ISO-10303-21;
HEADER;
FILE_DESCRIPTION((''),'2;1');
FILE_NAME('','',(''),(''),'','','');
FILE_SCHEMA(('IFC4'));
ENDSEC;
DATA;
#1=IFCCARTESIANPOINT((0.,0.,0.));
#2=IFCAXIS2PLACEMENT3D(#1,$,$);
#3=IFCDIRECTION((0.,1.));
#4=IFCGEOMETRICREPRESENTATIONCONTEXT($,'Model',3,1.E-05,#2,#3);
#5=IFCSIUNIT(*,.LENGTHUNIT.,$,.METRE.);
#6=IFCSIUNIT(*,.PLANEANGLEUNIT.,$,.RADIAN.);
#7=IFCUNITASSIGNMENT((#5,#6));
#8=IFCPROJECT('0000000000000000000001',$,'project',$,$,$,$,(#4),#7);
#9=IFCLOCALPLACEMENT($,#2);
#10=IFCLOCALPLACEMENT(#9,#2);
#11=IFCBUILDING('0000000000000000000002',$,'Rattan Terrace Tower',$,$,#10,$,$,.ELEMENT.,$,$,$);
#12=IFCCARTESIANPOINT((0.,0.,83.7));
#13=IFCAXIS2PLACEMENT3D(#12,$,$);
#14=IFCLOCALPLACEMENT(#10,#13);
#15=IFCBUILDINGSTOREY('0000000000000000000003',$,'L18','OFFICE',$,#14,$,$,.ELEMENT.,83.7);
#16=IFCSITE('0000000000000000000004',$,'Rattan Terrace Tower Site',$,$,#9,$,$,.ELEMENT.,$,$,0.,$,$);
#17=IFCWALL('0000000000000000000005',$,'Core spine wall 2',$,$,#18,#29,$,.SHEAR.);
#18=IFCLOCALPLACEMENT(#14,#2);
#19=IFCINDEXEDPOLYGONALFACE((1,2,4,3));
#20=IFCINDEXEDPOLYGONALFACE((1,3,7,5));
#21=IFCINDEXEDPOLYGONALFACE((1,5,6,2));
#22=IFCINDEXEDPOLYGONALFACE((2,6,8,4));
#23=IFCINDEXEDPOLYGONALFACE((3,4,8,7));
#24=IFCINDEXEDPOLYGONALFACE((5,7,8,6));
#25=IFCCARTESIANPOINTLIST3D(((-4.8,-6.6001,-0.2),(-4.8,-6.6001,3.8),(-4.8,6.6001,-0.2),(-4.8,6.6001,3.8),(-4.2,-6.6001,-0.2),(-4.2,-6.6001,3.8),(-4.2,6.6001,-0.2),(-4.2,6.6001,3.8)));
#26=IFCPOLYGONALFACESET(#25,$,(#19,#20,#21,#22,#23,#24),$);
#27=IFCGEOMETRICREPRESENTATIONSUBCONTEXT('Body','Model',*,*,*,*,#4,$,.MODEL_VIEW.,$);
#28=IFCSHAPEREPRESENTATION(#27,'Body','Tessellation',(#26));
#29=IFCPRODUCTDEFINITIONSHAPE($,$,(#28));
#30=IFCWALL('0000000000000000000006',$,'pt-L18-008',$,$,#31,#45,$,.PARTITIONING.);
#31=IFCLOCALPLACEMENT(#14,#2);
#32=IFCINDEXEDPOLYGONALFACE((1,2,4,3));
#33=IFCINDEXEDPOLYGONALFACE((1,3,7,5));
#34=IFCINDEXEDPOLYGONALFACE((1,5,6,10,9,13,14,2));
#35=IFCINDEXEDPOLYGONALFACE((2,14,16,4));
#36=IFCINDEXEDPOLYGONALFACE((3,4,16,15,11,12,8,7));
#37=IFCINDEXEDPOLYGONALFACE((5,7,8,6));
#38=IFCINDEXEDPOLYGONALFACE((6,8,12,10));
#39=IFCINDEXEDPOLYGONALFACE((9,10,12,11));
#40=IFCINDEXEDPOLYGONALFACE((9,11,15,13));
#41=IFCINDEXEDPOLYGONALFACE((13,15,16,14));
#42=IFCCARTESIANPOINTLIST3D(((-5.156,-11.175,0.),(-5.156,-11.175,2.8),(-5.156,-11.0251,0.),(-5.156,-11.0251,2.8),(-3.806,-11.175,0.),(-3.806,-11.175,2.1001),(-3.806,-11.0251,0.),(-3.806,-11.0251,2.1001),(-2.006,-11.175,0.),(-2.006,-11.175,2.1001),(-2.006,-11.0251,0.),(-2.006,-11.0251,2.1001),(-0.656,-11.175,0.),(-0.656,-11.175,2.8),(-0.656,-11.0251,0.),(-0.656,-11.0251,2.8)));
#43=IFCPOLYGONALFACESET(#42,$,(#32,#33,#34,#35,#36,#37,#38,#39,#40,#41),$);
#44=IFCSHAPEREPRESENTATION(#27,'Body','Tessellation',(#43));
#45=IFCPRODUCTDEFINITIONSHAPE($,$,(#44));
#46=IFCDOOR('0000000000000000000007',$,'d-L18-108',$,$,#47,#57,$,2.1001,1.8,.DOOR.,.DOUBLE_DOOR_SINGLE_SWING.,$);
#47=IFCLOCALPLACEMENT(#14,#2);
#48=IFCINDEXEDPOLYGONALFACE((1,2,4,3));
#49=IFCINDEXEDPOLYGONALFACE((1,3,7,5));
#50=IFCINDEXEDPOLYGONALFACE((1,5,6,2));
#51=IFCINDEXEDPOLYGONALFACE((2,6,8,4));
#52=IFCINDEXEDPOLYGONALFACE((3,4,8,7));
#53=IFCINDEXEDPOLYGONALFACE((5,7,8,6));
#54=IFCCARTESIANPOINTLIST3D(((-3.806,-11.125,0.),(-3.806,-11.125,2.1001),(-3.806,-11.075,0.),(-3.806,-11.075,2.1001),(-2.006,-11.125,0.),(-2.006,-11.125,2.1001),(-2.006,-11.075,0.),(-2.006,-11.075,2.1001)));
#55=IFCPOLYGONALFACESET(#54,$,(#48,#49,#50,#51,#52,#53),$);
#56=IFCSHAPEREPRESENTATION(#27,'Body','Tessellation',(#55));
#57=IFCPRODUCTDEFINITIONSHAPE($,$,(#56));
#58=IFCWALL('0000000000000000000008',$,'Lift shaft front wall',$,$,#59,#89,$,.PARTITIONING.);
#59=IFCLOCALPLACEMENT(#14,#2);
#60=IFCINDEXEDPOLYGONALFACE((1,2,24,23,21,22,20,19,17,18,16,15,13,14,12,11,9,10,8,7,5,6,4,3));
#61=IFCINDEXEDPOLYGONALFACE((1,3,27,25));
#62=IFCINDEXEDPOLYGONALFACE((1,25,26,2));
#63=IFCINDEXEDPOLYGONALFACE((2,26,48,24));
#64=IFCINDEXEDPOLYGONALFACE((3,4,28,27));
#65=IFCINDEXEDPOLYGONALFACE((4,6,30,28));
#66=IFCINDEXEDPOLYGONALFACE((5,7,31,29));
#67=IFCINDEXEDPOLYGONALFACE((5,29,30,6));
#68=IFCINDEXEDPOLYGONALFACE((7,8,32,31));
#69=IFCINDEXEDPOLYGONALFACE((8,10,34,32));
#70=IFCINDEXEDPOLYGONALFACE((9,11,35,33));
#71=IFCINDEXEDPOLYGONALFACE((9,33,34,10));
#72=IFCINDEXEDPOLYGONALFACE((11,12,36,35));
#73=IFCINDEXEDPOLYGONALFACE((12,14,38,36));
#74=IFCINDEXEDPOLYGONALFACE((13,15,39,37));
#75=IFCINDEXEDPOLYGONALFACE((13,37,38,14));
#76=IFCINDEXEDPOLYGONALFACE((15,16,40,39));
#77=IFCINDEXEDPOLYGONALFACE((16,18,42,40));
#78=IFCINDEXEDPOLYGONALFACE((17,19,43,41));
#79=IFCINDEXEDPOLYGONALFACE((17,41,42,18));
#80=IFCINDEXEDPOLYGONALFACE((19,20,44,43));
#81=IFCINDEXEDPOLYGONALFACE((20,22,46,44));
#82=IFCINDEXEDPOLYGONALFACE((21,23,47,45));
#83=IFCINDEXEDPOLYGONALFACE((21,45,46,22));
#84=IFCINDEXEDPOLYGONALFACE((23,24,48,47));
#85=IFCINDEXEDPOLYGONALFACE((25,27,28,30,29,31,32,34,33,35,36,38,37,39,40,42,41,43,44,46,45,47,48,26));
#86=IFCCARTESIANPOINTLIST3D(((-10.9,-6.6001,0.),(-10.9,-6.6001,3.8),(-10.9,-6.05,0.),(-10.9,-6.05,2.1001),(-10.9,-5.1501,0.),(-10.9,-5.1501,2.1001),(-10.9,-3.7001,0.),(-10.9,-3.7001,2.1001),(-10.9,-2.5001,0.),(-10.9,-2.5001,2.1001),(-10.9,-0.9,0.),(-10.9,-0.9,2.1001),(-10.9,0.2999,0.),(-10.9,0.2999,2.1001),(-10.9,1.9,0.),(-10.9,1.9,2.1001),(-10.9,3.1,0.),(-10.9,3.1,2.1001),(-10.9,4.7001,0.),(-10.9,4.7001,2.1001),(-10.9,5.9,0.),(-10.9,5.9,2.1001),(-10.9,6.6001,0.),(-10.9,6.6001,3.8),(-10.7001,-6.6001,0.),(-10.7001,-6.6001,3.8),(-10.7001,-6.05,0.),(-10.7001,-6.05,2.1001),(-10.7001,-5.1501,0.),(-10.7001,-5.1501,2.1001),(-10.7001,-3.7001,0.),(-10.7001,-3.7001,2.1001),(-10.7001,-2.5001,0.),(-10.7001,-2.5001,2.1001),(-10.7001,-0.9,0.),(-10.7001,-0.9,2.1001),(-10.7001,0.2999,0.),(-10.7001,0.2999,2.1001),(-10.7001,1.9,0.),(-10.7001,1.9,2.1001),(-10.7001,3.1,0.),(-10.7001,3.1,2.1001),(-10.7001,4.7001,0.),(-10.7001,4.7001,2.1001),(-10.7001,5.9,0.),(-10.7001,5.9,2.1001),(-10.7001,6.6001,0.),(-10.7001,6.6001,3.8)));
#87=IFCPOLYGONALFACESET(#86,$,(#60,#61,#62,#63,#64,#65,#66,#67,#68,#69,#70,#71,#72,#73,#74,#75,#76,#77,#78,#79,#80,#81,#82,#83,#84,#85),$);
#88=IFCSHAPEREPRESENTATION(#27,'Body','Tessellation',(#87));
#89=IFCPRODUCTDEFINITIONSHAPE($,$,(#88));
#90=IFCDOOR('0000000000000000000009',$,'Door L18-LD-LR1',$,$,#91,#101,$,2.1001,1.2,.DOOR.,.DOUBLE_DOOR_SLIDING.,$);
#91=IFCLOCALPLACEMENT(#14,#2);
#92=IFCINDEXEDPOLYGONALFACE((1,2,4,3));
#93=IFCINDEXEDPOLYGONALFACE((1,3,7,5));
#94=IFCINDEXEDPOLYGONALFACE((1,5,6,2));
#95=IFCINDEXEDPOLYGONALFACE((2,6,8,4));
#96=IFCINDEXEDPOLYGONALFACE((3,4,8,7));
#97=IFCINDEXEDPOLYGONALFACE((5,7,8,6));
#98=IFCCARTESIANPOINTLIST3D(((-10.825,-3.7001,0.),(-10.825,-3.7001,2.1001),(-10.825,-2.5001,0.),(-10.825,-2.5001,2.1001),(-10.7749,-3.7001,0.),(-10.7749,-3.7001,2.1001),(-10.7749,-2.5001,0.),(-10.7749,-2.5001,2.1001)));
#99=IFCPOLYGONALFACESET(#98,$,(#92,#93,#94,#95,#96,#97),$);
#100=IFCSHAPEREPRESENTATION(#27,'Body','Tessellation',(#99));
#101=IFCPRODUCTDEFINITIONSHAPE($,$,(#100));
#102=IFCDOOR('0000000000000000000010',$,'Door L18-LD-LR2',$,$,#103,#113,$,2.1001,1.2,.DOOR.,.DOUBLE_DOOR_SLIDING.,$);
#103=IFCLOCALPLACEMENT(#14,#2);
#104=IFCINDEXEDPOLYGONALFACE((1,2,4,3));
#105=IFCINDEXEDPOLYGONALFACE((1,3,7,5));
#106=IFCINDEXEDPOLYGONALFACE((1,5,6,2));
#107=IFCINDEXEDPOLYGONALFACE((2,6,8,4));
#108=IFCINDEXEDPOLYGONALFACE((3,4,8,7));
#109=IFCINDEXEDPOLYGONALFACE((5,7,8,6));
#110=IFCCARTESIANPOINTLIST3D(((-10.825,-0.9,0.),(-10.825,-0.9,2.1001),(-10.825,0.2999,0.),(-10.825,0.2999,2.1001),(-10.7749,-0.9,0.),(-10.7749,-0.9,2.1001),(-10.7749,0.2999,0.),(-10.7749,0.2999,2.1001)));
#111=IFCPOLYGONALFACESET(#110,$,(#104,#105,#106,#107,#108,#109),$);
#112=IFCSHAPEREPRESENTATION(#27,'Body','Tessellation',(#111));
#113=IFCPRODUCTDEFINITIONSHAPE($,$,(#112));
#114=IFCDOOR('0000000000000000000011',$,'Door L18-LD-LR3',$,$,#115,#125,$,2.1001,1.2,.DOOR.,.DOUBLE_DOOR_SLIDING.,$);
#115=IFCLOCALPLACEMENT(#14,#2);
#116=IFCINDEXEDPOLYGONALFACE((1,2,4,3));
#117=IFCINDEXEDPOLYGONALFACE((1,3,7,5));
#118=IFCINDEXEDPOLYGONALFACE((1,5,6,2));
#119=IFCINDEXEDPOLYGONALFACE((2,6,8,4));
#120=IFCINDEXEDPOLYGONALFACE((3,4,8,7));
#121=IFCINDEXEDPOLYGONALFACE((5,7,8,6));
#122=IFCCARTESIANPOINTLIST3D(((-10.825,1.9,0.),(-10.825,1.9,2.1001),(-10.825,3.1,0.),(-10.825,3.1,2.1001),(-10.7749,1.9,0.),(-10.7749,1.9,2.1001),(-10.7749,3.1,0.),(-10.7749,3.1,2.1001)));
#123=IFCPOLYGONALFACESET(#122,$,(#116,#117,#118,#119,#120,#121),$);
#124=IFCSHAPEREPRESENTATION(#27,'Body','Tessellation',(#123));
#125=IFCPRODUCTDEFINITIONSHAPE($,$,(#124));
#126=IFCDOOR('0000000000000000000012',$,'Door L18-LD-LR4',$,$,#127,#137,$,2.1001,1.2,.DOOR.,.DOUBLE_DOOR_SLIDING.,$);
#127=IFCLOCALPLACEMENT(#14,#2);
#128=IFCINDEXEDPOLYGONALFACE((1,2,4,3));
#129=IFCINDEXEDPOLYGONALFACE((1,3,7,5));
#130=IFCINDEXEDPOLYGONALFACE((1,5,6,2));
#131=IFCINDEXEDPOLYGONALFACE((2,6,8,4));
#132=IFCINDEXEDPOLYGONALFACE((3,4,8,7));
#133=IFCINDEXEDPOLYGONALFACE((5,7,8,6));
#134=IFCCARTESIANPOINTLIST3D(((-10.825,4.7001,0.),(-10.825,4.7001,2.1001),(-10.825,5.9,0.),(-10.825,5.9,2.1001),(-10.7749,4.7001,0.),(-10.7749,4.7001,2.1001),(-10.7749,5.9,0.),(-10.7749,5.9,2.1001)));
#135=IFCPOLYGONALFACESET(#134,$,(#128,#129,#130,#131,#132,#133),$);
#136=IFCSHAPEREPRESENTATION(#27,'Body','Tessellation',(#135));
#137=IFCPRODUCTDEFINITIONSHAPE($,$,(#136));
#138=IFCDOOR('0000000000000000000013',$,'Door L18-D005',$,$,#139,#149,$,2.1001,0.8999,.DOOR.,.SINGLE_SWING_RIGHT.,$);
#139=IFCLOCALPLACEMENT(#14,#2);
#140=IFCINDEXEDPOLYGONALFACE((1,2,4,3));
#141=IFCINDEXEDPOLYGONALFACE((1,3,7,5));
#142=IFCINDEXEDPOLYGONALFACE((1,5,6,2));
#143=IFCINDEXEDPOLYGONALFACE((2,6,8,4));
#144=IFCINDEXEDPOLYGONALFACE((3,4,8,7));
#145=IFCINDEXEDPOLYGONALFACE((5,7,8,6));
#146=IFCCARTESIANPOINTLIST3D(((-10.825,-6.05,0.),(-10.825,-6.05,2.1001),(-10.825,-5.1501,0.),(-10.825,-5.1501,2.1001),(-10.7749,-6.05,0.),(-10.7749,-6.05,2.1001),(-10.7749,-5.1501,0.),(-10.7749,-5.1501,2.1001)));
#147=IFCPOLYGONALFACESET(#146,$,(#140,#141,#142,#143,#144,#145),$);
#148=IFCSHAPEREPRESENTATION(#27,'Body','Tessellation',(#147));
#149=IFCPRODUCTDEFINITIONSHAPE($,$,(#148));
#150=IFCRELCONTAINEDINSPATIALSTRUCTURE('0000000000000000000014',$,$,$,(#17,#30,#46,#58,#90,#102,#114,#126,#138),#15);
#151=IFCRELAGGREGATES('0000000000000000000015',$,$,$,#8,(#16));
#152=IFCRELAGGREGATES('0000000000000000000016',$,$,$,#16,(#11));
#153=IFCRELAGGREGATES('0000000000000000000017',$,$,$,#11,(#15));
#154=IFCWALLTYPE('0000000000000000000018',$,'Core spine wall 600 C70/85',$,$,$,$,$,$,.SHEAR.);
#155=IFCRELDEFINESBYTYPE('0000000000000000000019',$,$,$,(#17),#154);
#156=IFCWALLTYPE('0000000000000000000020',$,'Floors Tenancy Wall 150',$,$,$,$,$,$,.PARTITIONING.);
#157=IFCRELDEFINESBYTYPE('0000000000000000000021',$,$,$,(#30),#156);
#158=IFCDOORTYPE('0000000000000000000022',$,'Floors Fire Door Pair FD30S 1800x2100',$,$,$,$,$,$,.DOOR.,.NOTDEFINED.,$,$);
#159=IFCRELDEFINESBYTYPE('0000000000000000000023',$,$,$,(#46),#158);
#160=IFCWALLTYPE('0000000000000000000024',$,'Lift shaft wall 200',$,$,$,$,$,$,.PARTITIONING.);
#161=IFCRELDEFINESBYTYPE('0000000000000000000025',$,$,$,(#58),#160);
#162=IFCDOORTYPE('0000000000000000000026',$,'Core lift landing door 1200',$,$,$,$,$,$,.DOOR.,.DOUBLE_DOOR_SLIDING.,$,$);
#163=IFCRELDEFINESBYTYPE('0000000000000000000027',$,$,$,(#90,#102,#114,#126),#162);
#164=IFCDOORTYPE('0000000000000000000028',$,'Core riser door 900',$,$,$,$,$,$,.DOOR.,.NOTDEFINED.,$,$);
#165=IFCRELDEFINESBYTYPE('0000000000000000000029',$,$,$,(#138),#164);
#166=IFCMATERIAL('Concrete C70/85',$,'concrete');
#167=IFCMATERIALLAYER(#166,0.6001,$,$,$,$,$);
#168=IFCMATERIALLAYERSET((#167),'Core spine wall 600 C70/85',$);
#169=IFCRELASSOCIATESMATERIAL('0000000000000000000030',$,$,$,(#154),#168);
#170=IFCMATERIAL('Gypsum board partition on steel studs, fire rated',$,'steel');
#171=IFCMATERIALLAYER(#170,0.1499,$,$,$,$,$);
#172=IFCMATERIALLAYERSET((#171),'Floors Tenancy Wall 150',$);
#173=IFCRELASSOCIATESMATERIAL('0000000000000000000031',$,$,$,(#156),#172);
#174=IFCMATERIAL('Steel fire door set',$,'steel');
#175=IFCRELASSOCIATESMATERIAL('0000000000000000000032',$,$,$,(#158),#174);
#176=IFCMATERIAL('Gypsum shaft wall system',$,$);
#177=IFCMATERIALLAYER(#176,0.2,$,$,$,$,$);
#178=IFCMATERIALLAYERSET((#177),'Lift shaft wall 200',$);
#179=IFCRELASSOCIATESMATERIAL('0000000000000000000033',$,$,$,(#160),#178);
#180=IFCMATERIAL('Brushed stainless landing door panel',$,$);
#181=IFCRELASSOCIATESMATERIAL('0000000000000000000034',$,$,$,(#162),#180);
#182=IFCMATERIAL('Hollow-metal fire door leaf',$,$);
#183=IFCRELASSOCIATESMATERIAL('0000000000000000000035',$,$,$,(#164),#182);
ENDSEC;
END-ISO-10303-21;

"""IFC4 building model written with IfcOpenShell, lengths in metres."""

from ifc_helpers import new_model, si_unit, direction, frame, frame_2d, origin, place, context, subcontext, project, spatial, rectangle, extrude, material, layer, layer_set, type_object, element, fill, save


model = new_model("IFC4")

# Units and contexts
model_context = context("Model", 3, precision=1e-05, world=origin(), true_north=direction((0.0, 1.0)))
body_context = subcontext(model_context, "Body", "Model", "MODEL_VIEW")
ifc_project = project(units=[si_unit("LENGTHUNIT", "METRE"), si_unit("PLANEANGLEUNIT", "RADIAN")], contexts=[model_context])

# Site, building, storey
site_placement = place(None, origin())
site = spatial("IfcSite", under=ifc_project, at=site_placement, Name="Rattan Terrace Tower Site", CompositionType="ELEMENT", RefElevation=0.0)
building_placement = place(site_placement, origin())
building = spatial("IfcBuilding", under=site, at=building_placement, Name="Rattan Terrace Tower", CompositionType="ELEMENT")
storey_placement = place(building_placement, frame((0.0, 0.0, 83.7)))
storey = spatial("IfcBuildingStorey", under=building, at=storey_placement, Name="L18", Description="OFFICE", CompositionType="ELEMENT", Elevation=83.7)

# Wall
ifc_material_1 = material(Name="Concrete C70/85", Category="concrete")
ifc_layer_1 = layer(ifc_material_1, 0.6001)
ifc_layer_set_1 = layer_set([ifc_layer_1], Name="Core spine wall 600 C70/85")
wall_type_1 = type_object("IfcWallType", Name="Core spine wall 600 C70/85", PredefinedType="SHEAR", material=ifc_layer_set_1)
wall_1_placement = place(storey_placement, frame((-4.5, -6.6001, -0.2), z_axis=(0.0, 0.0, 1.0), x_axis=(0.0, 1.0, 0.0)))
element("IfcWall", 1, at=wall_1_placement, inside=storey, type_object=wall_type_1, Name="Core spine wall 2", PredefinedType="SHEAR", context=body_context, shape_type="SweptSolid", body=[
    extrude(rectangle(XDim=13.2002, YDim=0.6001, at=frame_2d((6.6001, 0.0))), origin(), (0.0, 0.0, 1.0), 4.0),
])

# Wall, opening, door
ifc_material_2 = material(Name="Gypsum board partition on steel studs, fire rated", Category="steel")
ifc_layer_2 = layer(ifc_material_2, 0.1499)
ifc_layer_set_2 = layer_set([ifc_layer_2], Name="Floors Tenancy Wall 150")
wall_type_2 = type_object("IfcWallType", Name="Floors Tenancy Wall 150", PredefinedType="PARTITIONING", material=ifc_layer_set_2)
wall_2_placement = place(storey_placement, frame((-0.656, -11.1001, 0.0), z_axis=(0.0, 0.0, 1.0), x_axis=(-1.0, 0.0, 0.0)))
wall_2 = element("IfcWall", 2, at=wall_2_placement, inside=storey, type_object=wall_type_2, Name="pt-L18-008", PredefinedType="PARTITIONING", context=body_context, shape_type="SweptSolid", body=[
    extrude(rectangle(XDim=4.5, YDim=0.1499, at=frame_2d((2.25, 0.0))), origin(), (0.0, 0.0, 1.0), 2.8),
])
opening_1_placement = place(wall_2_placement, frame((1.3501, 0.0, 0.0)))
opening_1 = element("IfcOpeningElement", 3, at=opening_1_placement, cuts=wall_2, PredefinedType="OPENING", context=body_context, shape_type="SweptSolid", body=[
    extrude(rectangle(XDim=1.8, YDim=2.1001, at=frame_2d((0.8999, 1.05))), frame((0.0, 0.0854, 0.0), z_axis=(0.0, -1.0, 0.0), x_axis=(1.0, 0.0, 0.0)), (0.0, 0.0, 1.0), 0.1709),
])
ifc_material_3 = material(Name="Steel fire door set", Category="steel")
door_type_1 = type_object("IfcDoorType", Name="Floors Fire Door Pair FD30S 1800x2100", OperationType="NOTDEFINED", PredefinedType="DOOR", material=ifc_material_3)
door_1_placement = place(opening_1_placement, origin())
door_1 = element("IfcDoor", 4, at=door_1_placement, inside=storey, type_object=door_type_1, Name="d-L18-108", OperationType="DOUBLE_DOOR_SINGLE_SWING", OverallHeight=2.1001, OverallWidth=1.8, PredefinedType="DOOR", context=body_context, shape_type="SweptSolid", body=[
    extrude(rectangle(XDim=1.8, YDim=2.1001, at=frame_2d((0.8999, 1.05))), frame((0.0, 0.0249, 0.0), z_axis=(0.0, -1.0, 0.0), x_axis=(1.0, 0.0, 0.0)), (0.0, 0.0, 1.0), 0.05),
])
fill(opening_1, door_1)

# Wall, openings, doors
ifc_material_4 = material(Name="Gypsum shaft wall system")
ifc_layer_3 = layer(ifc_material_4, 0.2)
ifc_layer_set_3 = layer_set([ifc_layer_3], Name="Lift shaft wall 200")
wall_type_3 = type_object("IfcWallType", Name="Lift shaft wall 200", PredefinedType="PARTITIONING", material=ifc_layer_set_3)
wall_3_placement = place(storey_placement, frame((-10.8, -6.6001, 0.0), z_axis=(0.0, 0.0, 1.0), x_axis=(0.0, 1.0, 0.0)))
wall_3 = element("IfcWall", 5, at=wall_3_placement, inside=storey, type_object=wall_type_3, Name="Lift shaft front wall", PredefinedType="PARTITIONING", context=body_context, shape_type="SweptSolid", body=[
    extrude(rectangle(XDim=13.2002, YDim=0.2, at=frame_2d((6.6001, 0.0))), origin(), (0.0, 0.0, 1.0), 3.8),
])
opening_2_placement = place(wall_3_placement, frame((0.55, 0.0, 0.0)))
opening_2 = element("IfcOpeningElement", 6, at=opening_2_placement, cuts=wall_3, PredefinedType="OPENING", context=body_context, shape_type="SweptSolid", body=[
    extrude(rectangle(XDim=0.8999, YDim=2.1001, at=frame_2d((0.45, 1.05))), frame((0.0, 0.1106, 0.0), z_axis=(0.0, -1.0, 0.0), x_axis=(1.0, 0.0, 0.0)), (0.0, 0.0, 1.0), 0.2209),
])
opening_3_placement = place(wall_3_placement, frame((2.8999, 0.0, 0.0)))
opening_3 = element("IfcOpeningElement", 7, at=opening_3_placement, cuts=wall_3, PredefinedType="OPENING", context=body_context, shape_type="SweptSolid", body=[
    extrude(rectangle(XDim=1.2, YDim=2.1001, at=frame_2d((0.6001, 1.05))), frame((0.0, 0.1106, 0.0), z_axis=(0.0, -1.0, 0.0), x_axis=(1.0, 0.0, 0.0)), (0.0, 0.0, 1.0), 0.2209),
])
opening_4_placement = place(wall_3_placement, frame((5.7, 0.0, 0.0)))
opening_4 = element("IfcOpeningElement", 8, at=opening_4_placement, cuts=wall_3, PredefinedType="OPENING", context=body_context, shape_type="SweptSolid", body=[
    extrude(rectangle(XDim=1.2, YDim=2.1001, at=frame_2d((0.6001, 1.05))), frame((0.0, 0.1106, 0.0), z_axis=(0.0, -1.0, 0.0), x_axis=(1.0, 0.0, 0.0)), (0.0, 0.0, 1.0), 0.2209),
])
opening_5_placement = place(wall_3_placement, frame((8.5, 0.0, 0.0)))
opening_5 = element("IfcOpeningElement", 9, at=opening_5_placement, cuts=wall_3, PredefinedType="OPENING", context=body_context, shape_type="SweptSolid", body=[
    extrude(rectangle(XDim=1.2, YDim=2.1001, at=frame_2d((0.6001, 1.05))), frame((0.0, 0.1106, 0.0), z_axis=(0.0, -1.0, 0.0), x_axis=(1.0, 0.0, 0.0)), (0.0, 0.0, 1.0), 0.2209),
])
opening_6_placement = place(wall_3_placement, frame((11.3, 0.0, 0.0)))
opening_6 = element("IfcOpeningElement", 10, at=opening_6_placement, cuts=wall_3, PredefinedType="OPENING", context=body_context, shape_type="SweptSolid", body=[
    extrude(rectangle(XDim=1.2, YDim=2.1001, at=frame_2d((0.6001, 1.05))), frame((0.0, 0.1106, 0.0), z_axis=(0.0, -1.0, 0.0), x_axis=(1.0, 0.0, 0.0)), (0.0, 0.0, 1.0), 0.2209),
])
ifc_material_5 = material(Name="Brushed stainless landing door panel")
door_type_2 = type_object("IfcDoorType", Name="Core lift landing door 1200", OperationType="DOUBLE_DOOR_SLIDING", PredefinedType="DOOR", material=ifc_material_5)
door_2_placement = place(opening_3_placement, origin())
door_2 = element("IfcDoor", 11, at=door_2_placement, inside=storey, type_object=door_type_2, Name="Door L18-LD-LR1", OperationType="DOUBLE_DOOR_SLIDING", OverallHeight=2.1001, OverallWidth=1.2, PredefinedType="DOOR", context=body_context, shape_type="SweptSolid", body=[
    extrude(rectangle(XDim=1.2, YDim=2.1001, at=frame_2d((0.6001, 1.05))), frame((0.0, 0.0249, 0.0), z_axis=(0.0, -1.0, 0.0), x_axis=(1.0, 0.0, 0.0)), (0.0, 0.0, 1.0), 0.05),
])
fill(opening_3, door_2)
door_3_placement = place(opening_4_placement, origin())
door_3 = element("IfcDoor", 12, at=door_3_placement, inside=storey, type_object=door_type_2, Name="Door L18-LD-LR2", OperationType="DOUBLE_DOOR_SLIDING", OverallHeight=2.1001, OverallWidth=1.2, PredefinedType="DOOR", context=body_context, shape_type="SweptSolid", body=[
    extrude(rectangle(XDim=1.2, YDim=2.1001, at=frame_2d((0.6001, 1.05))), frame((0.0, 0.0249, 0.0), z_axis=(0.0, -1.0, 0.0), x_axis=(1.0, 0.0, 0.0)), (0.0, 0.0, 1.0), 0.05),
])
fill(opening_4, door_3)
door_4_placement = place(opening_5_placement, origin())
door_4 = element("IfcDoor", 13, at=door_4_placement, inside=storey, type_object=door_type_2, Name="Door L18-LD-LR3", OperationType="DOUBLE_DOOR_SLIDING", OverallHeight=2.1001, OverallWidth=1.2, PredefinedType="DOOR", context=body_context, shape_type="SweptSolid", body=[
    extrude(rectangle(XDim=1.2, YDim=2.1001, at=frame_2d((0.6001, 1.05))), frame((0.0, 0.0249, 0.0), z_axis=(0.0, -1.0, 0.0), x_axis=(1.0, 0.0, 0.0)), (0.0, 0.0, 1.0), 0.05),
])
fill(opening_5, door_4)
door_5_placement = place(opening_6_placement, origin())
door_5 = element("IfcDoor", 14, at=door_5_placement, inside=storey, type_object=door_type_2, Name="Door L18-LD-LR4", OperationType="DOUBLE_DOOR_SLIDING", OverallHeight=2.1001, OverallWidth=1.2, PredefinedType="DOOR", context=body_context, shape_type="SweptSolid", body=[
    extrude(rectangle(XDim=1.2, YDim=2.1001, at=frame_2d((0.6001, 1.05))), frame((0.0, 0.0249, 0.0), z_axis=(0.0, -1.0, 0.0), x_axis=(1.0, 0.0, 0.0)), (0.0, 0.0, 1.0), 0.05),
])
fill(opening_6, door_5)
ifc_material_6 = material(Name="Hollow-metal fire door leaf")
door_type_3 = type_object("IfcDoorType", Name="Core riser door 900", OperationType="NOTDEFINED", PredefinedType="DOOR", material=ifc_material_6)
door_6_placement = place(opening_2_placement, origin())
door_6 = element("IfcDoor", 15, at=door_6_placement, inside=storey, type_object=door_type_3, Name="Door L18-D005", OperationType="SINGLE_SWING_RIGHT", OverallHeight=2.1001, OverallWidth=0.8999, PredefinedType="DOOR", context=body_context, shape_type="SweptSolid", body=[
    extrude(rectangle(XDim=0.8999, YDim=2.1001, at=frame_2d((0.45, 1.05))), frame((0.0, 0.0249, 0.0), z_axis=(0.0, -1.0, 0.0), x_axis=(1.0, 0.0, 0.0)), (0.0, 0.0, 1.0), 0.05),
])
fill(opening_2, door_6)

save(model, "model.ifc")
